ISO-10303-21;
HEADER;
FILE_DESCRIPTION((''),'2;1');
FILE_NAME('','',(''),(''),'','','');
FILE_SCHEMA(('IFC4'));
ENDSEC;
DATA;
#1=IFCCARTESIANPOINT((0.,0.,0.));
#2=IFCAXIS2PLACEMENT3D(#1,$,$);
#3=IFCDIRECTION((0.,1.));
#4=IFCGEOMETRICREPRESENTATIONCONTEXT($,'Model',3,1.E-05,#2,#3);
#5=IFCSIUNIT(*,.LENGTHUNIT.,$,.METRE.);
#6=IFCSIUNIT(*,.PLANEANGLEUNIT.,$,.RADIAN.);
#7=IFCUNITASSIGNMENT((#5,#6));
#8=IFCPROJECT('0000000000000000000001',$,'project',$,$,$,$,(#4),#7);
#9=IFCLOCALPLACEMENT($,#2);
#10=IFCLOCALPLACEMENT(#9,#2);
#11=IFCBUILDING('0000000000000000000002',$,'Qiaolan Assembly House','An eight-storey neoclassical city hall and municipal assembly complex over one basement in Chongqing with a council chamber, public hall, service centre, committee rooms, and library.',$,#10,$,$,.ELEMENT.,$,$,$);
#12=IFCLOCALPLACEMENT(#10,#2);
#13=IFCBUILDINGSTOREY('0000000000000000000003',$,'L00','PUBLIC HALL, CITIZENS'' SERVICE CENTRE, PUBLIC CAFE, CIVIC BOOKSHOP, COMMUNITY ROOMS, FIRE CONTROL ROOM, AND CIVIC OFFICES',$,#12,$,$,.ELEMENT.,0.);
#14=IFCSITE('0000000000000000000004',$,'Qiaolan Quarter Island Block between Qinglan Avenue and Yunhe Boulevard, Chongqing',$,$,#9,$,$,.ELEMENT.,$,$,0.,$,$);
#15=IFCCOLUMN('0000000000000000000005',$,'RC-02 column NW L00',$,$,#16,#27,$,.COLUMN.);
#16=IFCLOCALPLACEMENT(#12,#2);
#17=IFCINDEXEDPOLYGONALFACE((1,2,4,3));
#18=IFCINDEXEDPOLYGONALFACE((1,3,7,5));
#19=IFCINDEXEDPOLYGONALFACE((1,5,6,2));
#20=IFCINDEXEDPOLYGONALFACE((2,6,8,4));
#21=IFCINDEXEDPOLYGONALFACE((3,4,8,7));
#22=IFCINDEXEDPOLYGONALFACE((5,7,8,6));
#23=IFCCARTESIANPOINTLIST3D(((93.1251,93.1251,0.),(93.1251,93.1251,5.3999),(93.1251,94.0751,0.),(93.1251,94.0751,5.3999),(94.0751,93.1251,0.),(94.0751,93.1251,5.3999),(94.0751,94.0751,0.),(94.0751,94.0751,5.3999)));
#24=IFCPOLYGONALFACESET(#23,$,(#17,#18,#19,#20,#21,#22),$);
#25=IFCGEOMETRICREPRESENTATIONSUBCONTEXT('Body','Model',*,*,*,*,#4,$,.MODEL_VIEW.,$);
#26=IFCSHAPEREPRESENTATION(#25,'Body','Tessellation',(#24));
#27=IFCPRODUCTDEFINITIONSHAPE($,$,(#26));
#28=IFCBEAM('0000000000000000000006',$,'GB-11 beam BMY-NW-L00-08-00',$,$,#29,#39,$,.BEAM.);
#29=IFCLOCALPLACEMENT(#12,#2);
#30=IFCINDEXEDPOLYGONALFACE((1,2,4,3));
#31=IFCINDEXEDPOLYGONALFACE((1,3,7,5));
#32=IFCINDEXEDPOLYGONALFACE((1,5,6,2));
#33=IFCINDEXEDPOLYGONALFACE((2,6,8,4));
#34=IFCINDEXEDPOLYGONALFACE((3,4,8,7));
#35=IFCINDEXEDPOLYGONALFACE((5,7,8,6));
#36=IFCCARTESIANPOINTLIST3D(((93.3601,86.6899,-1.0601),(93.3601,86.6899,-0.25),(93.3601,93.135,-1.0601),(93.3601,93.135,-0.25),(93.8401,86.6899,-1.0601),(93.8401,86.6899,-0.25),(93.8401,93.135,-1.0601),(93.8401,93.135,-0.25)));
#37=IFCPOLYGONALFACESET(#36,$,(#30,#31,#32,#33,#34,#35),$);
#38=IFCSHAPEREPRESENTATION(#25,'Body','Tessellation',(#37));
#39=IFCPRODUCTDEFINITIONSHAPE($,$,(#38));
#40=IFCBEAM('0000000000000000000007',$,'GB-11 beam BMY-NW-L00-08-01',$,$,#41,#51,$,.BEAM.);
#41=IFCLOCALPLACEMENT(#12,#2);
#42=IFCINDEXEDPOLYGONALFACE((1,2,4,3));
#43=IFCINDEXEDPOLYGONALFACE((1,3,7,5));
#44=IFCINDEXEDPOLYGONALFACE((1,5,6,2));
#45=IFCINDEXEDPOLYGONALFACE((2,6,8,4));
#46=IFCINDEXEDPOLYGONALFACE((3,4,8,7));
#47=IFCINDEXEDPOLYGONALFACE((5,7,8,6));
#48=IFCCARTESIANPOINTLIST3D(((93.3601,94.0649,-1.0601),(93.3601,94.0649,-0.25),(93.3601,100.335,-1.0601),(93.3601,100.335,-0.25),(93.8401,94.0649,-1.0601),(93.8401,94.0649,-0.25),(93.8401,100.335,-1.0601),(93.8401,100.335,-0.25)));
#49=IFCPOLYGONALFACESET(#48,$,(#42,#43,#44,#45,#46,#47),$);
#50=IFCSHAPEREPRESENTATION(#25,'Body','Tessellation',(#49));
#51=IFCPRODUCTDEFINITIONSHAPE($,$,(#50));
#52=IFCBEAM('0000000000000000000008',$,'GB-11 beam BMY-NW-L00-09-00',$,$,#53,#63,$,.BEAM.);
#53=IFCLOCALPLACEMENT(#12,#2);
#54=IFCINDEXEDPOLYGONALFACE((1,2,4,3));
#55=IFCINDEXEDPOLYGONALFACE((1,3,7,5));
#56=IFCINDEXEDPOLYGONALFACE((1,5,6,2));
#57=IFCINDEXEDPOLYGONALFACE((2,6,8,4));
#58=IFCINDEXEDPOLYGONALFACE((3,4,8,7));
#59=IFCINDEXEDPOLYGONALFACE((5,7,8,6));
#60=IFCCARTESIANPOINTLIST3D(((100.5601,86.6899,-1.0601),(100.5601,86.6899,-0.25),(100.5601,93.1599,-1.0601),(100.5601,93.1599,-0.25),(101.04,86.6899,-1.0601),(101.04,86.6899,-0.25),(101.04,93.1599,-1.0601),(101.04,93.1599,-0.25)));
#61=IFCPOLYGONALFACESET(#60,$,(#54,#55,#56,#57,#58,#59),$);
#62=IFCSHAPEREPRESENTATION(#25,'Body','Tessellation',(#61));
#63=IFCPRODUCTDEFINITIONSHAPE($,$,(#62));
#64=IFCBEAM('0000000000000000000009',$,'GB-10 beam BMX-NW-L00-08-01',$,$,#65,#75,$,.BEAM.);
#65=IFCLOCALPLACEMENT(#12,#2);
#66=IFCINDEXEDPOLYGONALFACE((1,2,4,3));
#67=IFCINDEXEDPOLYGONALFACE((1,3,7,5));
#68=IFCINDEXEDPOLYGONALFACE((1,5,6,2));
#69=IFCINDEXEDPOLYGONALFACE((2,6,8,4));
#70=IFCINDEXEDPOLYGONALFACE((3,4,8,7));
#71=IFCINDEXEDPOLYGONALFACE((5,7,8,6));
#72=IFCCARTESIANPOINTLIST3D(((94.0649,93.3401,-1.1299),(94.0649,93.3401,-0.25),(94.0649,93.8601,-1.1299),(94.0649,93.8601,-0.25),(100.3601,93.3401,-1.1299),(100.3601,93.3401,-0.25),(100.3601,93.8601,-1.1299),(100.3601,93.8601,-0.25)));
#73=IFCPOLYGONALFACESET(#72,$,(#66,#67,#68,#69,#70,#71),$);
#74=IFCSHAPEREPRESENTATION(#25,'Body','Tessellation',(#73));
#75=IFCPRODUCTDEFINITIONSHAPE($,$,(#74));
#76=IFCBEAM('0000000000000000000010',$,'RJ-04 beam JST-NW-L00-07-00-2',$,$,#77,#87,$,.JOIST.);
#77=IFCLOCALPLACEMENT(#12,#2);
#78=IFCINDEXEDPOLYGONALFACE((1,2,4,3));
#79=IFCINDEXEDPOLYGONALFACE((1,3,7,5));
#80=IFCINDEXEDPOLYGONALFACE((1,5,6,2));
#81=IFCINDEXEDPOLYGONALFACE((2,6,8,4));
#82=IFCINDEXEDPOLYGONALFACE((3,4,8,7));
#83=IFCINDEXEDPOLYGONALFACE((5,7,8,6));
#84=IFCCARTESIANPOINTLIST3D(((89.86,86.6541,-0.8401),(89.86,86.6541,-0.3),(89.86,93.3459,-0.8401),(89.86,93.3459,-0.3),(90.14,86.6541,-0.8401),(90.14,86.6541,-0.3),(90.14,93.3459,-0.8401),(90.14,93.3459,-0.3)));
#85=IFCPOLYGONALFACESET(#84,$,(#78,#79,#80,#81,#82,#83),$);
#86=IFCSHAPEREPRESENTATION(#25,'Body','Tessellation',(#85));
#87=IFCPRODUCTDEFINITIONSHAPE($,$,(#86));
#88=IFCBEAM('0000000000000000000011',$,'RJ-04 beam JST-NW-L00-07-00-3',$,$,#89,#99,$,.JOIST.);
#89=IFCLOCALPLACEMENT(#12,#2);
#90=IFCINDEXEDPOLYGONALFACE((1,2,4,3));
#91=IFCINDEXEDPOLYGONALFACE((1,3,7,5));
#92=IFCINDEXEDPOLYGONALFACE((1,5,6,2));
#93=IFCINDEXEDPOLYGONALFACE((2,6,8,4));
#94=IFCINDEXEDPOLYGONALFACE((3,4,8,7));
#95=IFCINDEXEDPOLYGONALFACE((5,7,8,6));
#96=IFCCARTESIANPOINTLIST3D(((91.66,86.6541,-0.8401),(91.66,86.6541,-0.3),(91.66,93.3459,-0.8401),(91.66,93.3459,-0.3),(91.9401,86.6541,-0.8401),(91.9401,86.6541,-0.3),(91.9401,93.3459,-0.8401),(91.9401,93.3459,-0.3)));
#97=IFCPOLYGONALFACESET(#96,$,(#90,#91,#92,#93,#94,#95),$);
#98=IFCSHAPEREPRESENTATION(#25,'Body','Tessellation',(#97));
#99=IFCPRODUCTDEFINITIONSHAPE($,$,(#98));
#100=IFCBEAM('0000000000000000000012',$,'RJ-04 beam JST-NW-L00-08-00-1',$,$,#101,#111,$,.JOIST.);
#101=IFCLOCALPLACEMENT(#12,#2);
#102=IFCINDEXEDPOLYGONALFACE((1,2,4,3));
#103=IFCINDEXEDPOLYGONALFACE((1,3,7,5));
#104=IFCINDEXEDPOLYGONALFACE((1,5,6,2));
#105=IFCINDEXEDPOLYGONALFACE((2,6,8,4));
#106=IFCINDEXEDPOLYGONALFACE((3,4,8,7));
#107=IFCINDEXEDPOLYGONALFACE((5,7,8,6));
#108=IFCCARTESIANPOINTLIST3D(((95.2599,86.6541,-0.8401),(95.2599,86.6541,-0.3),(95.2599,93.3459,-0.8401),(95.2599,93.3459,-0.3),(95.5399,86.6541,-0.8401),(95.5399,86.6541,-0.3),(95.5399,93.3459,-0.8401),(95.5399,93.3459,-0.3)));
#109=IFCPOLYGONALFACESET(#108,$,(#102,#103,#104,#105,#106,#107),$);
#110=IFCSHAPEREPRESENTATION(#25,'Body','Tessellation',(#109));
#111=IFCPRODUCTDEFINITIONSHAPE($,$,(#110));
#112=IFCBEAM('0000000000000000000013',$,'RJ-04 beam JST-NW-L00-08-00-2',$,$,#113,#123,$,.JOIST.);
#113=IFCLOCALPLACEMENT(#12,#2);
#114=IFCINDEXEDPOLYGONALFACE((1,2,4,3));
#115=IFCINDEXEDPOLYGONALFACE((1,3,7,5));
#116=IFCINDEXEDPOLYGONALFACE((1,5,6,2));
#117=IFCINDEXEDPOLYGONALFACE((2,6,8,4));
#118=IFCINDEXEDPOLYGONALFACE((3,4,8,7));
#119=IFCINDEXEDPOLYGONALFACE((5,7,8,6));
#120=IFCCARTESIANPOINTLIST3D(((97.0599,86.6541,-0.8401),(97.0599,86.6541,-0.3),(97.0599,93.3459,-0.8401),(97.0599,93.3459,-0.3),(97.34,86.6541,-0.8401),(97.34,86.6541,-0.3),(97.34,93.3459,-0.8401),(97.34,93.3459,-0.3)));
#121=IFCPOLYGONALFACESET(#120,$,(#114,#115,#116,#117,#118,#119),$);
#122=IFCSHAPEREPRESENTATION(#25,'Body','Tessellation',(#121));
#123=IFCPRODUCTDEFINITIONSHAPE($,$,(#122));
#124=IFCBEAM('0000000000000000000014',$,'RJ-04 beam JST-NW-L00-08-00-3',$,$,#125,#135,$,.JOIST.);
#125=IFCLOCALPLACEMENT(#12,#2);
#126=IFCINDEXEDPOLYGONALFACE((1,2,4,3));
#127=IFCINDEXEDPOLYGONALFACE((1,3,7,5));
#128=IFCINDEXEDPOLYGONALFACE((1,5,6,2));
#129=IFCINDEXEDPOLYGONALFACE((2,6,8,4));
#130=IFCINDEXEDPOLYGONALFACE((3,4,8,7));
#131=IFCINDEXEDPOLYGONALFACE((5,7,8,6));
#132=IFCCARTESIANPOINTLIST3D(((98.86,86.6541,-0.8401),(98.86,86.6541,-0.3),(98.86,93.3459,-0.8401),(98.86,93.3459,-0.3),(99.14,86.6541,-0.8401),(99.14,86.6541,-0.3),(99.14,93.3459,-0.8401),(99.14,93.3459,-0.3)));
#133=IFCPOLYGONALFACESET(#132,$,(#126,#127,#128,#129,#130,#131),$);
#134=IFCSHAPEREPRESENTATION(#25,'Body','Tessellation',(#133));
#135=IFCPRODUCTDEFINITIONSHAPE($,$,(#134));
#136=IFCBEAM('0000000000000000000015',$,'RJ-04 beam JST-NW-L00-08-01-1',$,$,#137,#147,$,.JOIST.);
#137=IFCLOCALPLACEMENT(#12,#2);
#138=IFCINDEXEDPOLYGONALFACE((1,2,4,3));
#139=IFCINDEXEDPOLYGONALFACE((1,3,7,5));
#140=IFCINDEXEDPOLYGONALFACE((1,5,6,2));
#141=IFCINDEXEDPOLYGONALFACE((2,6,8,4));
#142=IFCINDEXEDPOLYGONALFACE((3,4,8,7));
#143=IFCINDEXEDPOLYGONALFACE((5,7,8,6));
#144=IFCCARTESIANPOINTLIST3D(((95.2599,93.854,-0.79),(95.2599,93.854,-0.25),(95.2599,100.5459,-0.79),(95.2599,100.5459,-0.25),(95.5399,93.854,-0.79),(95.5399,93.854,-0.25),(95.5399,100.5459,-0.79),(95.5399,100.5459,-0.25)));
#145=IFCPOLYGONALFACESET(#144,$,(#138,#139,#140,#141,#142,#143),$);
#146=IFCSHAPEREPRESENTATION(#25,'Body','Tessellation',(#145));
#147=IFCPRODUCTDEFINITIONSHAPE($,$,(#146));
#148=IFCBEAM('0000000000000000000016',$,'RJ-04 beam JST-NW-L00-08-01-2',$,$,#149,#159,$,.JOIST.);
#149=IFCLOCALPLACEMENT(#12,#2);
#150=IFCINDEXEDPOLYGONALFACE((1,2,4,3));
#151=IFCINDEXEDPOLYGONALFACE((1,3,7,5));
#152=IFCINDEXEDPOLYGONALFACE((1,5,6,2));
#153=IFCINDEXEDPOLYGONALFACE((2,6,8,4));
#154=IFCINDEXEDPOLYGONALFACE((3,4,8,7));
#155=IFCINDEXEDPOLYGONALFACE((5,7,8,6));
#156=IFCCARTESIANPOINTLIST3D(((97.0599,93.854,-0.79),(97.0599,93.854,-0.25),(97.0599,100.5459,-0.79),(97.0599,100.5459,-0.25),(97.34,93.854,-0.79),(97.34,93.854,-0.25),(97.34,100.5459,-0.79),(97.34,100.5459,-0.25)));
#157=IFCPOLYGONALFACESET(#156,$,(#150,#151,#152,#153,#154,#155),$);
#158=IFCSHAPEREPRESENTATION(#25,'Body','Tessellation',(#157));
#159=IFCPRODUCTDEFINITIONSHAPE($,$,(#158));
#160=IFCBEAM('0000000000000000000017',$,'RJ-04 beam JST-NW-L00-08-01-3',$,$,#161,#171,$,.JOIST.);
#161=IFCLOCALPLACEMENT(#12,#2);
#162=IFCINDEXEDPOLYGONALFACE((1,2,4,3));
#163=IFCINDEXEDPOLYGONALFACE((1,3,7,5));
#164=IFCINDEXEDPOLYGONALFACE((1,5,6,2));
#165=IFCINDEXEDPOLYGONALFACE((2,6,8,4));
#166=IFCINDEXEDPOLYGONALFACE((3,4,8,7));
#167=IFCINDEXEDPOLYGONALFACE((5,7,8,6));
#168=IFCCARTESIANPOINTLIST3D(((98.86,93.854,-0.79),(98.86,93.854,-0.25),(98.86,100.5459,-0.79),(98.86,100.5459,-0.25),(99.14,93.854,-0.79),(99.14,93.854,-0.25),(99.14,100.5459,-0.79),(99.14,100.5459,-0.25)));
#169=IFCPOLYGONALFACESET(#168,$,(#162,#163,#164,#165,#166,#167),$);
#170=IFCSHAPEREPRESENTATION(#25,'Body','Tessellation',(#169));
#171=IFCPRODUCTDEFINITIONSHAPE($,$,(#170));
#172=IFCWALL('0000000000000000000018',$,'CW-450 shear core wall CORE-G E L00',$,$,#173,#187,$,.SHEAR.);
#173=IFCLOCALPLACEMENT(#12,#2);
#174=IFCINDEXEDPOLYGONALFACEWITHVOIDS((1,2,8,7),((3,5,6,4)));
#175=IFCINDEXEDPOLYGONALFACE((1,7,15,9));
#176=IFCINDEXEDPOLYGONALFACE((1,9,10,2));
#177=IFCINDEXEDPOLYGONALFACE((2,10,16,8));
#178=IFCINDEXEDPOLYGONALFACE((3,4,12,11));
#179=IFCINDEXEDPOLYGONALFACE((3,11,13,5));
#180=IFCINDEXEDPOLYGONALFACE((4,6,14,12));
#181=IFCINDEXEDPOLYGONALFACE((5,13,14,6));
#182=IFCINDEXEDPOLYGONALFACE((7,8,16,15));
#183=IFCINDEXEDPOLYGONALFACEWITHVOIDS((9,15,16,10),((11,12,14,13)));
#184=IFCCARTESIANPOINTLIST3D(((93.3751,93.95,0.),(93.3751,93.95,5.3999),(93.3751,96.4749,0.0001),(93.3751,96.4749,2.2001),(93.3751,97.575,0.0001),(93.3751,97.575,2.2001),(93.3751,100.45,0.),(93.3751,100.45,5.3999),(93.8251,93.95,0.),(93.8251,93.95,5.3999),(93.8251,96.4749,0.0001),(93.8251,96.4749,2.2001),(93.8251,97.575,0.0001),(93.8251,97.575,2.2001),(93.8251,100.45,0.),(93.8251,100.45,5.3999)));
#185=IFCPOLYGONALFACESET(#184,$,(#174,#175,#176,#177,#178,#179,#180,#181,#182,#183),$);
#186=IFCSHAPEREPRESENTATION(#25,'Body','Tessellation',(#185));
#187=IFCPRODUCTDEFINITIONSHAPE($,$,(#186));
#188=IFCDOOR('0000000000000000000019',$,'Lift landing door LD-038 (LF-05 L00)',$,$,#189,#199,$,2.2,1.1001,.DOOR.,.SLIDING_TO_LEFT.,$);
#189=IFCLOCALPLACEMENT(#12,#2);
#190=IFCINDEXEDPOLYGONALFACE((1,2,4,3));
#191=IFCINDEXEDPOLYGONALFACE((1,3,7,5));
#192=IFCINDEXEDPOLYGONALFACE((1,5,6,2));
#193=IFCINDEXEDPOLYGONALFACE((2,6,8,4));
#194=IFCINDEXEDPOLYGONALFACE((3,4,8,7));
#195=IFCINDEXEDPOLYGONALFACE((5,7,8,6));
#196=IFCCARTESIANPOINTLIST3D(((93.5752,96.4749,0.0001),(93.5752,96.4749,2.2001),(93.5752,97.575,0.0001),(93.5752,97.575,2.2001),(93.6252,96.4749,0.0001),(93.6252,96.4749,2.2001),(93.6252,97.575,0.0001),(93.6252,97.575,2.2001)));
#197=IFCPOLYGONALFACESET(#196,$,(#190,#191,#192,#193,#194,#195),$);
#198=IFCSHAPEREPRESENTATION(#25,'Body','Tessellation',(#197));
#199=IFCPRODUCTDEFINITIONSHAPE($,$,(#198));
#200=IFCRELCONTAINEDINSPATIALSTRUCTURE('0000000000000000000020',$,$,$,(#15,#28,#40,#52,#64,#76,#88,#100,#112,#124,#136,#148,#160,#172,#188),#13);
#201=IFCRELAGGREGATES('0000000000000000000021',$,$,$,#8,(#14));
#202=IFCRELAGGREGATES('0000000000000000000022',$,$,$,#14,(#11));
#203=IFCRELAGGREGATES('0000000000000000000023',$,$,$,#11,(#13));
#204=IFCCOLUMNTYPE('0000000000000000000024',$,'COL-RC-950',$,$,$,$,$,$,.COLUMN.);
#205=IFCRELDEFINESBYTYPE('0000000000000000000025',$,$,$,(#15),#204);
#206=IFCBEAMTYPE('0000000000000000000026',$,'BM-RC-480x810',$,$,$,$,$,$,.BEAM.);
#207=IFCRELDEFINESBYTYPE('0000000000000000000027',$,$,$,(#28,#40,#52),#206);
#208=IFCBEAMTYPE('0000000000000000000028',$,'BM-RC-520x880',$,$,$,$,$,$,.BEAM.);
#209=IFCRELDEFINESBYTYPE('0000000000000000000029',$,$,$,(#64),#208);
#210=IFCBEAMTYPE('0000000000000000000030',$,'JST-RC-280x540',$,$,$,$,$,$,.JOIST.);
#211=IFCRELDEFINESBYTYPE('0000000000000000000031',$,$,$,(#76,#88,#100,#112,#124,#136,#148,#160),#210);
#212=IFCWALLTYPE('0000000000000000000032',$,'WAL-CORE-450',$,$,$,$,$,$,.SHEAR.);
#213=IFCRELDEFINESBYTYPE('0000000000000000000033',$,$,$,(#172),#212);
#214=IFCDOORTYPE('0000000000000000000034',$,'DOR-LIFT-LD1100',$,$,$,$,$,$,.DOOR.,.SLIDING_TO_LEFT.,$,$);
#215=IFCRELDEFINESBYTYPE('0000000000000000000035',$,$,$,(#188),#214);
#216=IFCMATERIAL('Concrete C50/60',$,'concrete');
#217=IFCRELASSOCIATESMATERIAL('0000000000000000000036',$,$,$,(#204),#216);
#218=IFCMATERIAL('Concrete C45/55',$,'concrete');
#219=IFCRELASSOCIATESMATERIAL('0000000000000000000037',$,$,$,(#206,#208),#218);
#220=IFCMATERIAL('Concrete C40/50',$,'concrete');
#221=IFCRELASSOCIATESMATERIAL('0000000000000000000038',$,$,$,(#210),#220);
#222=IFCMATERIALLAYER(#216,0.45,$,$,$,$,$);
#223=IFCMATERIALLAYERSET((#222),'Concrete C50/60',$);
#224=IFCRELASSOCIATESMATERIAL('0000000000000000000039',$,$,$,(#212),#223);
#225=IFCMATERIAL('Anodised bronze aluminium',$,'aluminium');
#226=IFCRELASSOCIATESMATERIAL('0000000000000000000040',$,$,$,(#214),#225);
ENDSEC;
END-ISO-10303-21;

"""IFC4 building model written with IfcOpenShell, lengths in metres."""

from ifc_helpers import new_model, si_unit, direction, frame, frame_2d, origin, origin_2d, place, context, subcontext, project, spatial, rectangle, extrude, material, layer, layer_set, material_profile, profile_set, type_object, element, fill, save


model = new_model("IFC4")

# Units and contexts
model_context = context("Model", 3, precision=1e-05, world=origin(), true_north=direction((0.0, 1.0)))
body_context = subcontext(model_context, "Body", "Model", "MODEL_VIEW")
ifc_project = project(units=[si_unit("LENGTHUNIT", "METRE"), si_unit("PLANEANGLEUNIT", "RADIAN")], contexts=[model_context])

# Site, building, storey
site_placement = place(None, origin())
site = spatial("IfcSite", under=ifc_project, at=site_placement, Name="Qiaolan Quarter Island Block between Qinglan Avenue and Yunhe Boulevard, Chongqing", CompositionType="ELEMENT", RefElevation=0.0)
building_placement = place(site_placement, origin())
building = spatial("IfcBuilding", under=site, at=building_placement, Name="Qiaolan Assembly House", Description="An eight-storey neoclassical city hall and municipal assembly complex over one basement in Chongqing with a council chamber, public hall, service centre, committee rooms, and library.", CompositionType="ELEMENT")
storey_placement = place(building_placement, origin())
storey = spatial("IfcBuildingStorey", under=building, at=storey_placement, Name="L00", Description="PUBLIC HALL, CITIZENS' SERVICE CENTRE, PUBLIC CAFE, CIVIC BOOKSHOP, COMMUNITY ROOMS, FIRE CONTROL ROOM, AND CIVIC OFFICES", CompositionType="ELEMENT", Elevation=0.0)

# Column
ifc_material_1 = material(Name="Concrete C50/60", Category="concrete")
ifc_material_profile_1 = material_profile(ifc_material_1, rectangle(XDim=0.95, YDim=0.95, at=origin_2d()), Name="RC 950x950")
ifc_profile_set_1 = profile_set([ifc_material_profile_1], Name="Concrete C50/60")
column_type = type_object("IfcColumnType", Name="COL-RC-950", PredefinedType="COLUMN", material=ifc_profile_set_1)
column_placement = place(storey_placement, frame((93.6001, 93.6001, 0.0), z_axis=(0.0, 0.0, 1.0), x_axis=(1.0, 0.0, 0.0)))
element("IfcColumn", 1, at=column_placement, inside=storey, type_object=column_type, Name="RC-02 column NW L00", PredefinedType="COLUMN", context=body_context, shape_type="SweptSolid", body=[
    extrude(rectangle(XDim=0.95, YDim=0.95, at=origin_2d()), origin(), (0.0, 0.0, 1.0), 5.3999),
])

# Beams
ifc_material_2 = material(Name="Concrete C45/55", Category="concrete")
ifc_material_profile_2 = material_profile(ifc_material_2, rectangle(XDim=0.48, YDim=0.8101, at=origin_2d()), Name="RCB 480x810")
ifc_profile_set_2 = profile_set([ifc_material_profile_2], Name="Concrete C45/55")
beam_type_1 = type_object("IfcBeamType", Name="BM-RC-480x810", PredefinedType="BEAM", material=ifc_profile_set_2)
beam_1_placement = place(storey_placement, frame((93.6001, 86.6899, -0.655), z_axis=(0.0, 1.0, 0.0), x_axis=(-1.0, 0.0, 0.0)))
element("IfcBeam", 2, at=beam_1_placement, inside=storey, type_object=beam_type_1, Name="GB-11 beam BMY-NW-L00-08-00", PredefinedType="BEAM", context=body_context, shape_type="SweptSolid", body=[
    extrude(rectangle(XDim=0.48, YDim=0.8101, at=origin_2d()), origin(), (0.0, 0.0, 1.0), 6.4451),
])
beam_2_placement = place(storey_placement, frame((93.6001, 94.0649, -0.655), z_axis=(0.0, 1.0, 0.0), x_axis=(-1.0, 0.0, 0.0)))
element("IfcBeam", 3, at=beam_2_placement, inside=storey, type_object=beam_type_1, Name="GB-11 beam BMY-NW-L00-08-01", PredefinedType="BEAM", context=body_context, shape_type="SweptSolid", body=[
    extrude(rectangle(XDim=0.48, YDim=0.8101, at=origin_2d()), origin(), (0.0, 0.0, 1.0), 6.27),
])
beam_3_placement = place(storey_placement, frame((100.8, 86.6899, -0.655), z_axis=(0.0, 1.0, 0.0), x_axis=(-1.0, 0.0, 0.0)))
element("IfcBeam", 4, at=beam_3_placement, inside=storey, type_object=beam_type_1, Name="GB-11 beam BMY-NW-L00-09-00", PredefinedType="BEAM", context=body_context, shape_type="SweptSolid", body=[
    extrude(rectangle(XDim=0.48, YDim=0.8101, at=origin_2d()), origin(), (0.0, 0.0, 1.0), 6.47),
])
ifc_material_profile_3 = material_profile(ifc_material_2, rectangle(XDim=0.52, YDim=0.8799, at=origin_2d()), Name="RCB 520x880")
ifc_profile_set_3 = profile_set([ifc_material_profile_3], Name="Concrete C45/55")
beam_type_2 = type_object("IfcBeamType", Name="BM-RC-520x880", PredefinedType="BEAM", material=ifc_profile_set_3)
beam_4_placement = place(storey_placement, frame((94.0649, 93.6001, -0.6899), z_axis=(1.0, 0.0, 0.0), x_axis=(0.0, 1.0, 0.0)))
element("IfcBeam", 5, at=beam_4_placement, inside=storey, type_object=beam_type_2, Name="GB-10 beam BMX-NW-L00-08-01", PredefinedType="BEAM", context=body_context, shape_type="SweptSolid", body=[
    extrude(rectangle(XDim=0.52, YDim=0.8799, at=origin_2d()), origin(), (0.0, 0.0, 1.0), 6.2952),
])
ifc_material_3 = material(Name="Concrete C40/50", Category="concrete")
ifc_material_profile_4 = material_profile(ifc_material_3, rectangle(XDim=0.28, YDim=0.54, at=origin_2d()), Name="RCB 280x540")
ifc_profile_set_4 = profile_set([ifc_material_profile_4], Name="Concrete C40/50")
beam_type_3 = type_object("IfcBeamType", Name="JST-RC-280x540", PredefinedType="JOIST", material=ifc_profile_set_4)
for number, where, z_axis, x_axis, name in (
    (6, (90.0, 86.6541, -0.5701), (0.0, 1.0, 0.0), (-1.0, 0.0, 0.0), "RJ-04 beam JST-NW-L00-07-00-2"),
    (7, (91.8, 86.6541, -0.5701), (0.0, 1.0, 0.0), (-1.0, 0.0, 0.0), "RJ-04 beam JST-NW-L00-07-00-3"),
    (8, (95.3999, 86.6541, -0.5701), (0.0, 1.0, 0.0), (-1.0, 0.0, 0.0), "RJ-04 beam JST-NW-L00-08-00-1"),
    (9, (97.2, 86.6541, -0.5701), (0.0, 1.0, 0.0), (-1.0, 0.0, 0.0), "RJ-04 beam JST-NW-L00-08-00-2"),
    (10, (99.0, 86.6541, -0.5701), (0.0, 1.0, 0.0), (-1.0, 0.0, 0.0), "RJ-04 beam JST-NW-L00-08-00-3"),
    (11, (95.3999, 93.854, -0.52), (0.0, 1.0, 0.0), (-1.0, 0.0, 0.0), "RJ-04 beam JST-NW-L00-08-01-1"),
    (12, (97.2, 93.854, -0.52), (0.0, 1.0, 0.0), (-1.0, 0.0, 0.0), "RJ-04 beam JST-NW-L00-08-01-2"),
    (13, (99.0, 93.854, -0.52), (0.0, 1.0, 0.0), (-1.0, 0.0, 0.0), "RJ-04 beam JST-NW-L00-08-01-3"),
):
    element("IfcBeam", number, at=place(storey_placement, frame(where, z_axis=z_axis, x_axis=x_axis)), inside=storey, type_object=beam_type_3, Name=name, PredefinedType="JOIST", context=body_context, shape_type="SweptSolid", body=[
        extrude(rectangle(XDim=0.28, YDim=0.54, at=origin_2d()), origin(), (0.0, 0.0, 1.0), 6.6919),
    ])

# Wall, opening, door
ifc_layer_1 = layer(ifc_material_1, 0.45)
ifc_layer_set_1 = layer_set([ifc_layer_1], Name="Concrete C50/60")
wall_type_1 = type_object("IfcWallType", Name="WAL-CORE-450", PredefinedType="SHEAR", material=ifc_layer_set_1)
wall_1_placement = place(storey_placement, frame((93.6001, 93.95, 0.0), z_axis=(0.0, 0.0, 1.0), x_axis=(0.0, 1.0, 0.0)))
wall_1 = element("IfcWall", 14, at=wall_1_placement, inside=storey, type_object=wall_type_1, Name="CW-450 shear core wall CORE-G E L00", PredefinedType="SHEAR", context=body_context, shape_type="SweptSolid", body=[
    extrude(rectangle(XDim=6.5, YDim=0.45, at=frame_2d((3.25, 0.0))), origin(), (0.0, 0.0, 1.0), 5.3999),
])
opening_1_placement = place(wall_1_placement, frame((2.5249, 0.0, 0.0)))
opening_1 = element("IfcOpeningElement", 15, at=opening_1_placement, cuts=wall_1, PredefinedType="OPENING", context=body_context, shape_type="SweptSolid", body=[
    extrude(rectangle(XDim=1.1001, YDim=2.2, at=frame_2d((0.55, 1.1001))), frame((0.0, 0.2349, 0.0), z_axis=(0.0, -1.0, 0.0), x_axis=(1.0, 0.0, 0.0)), (0.0, 0.0, 1.0), 0.47),
])
ifc_material_4 = material(Name="Anodised bronze aluminium", Category="aluminium")
door_type = type_object("IfcDoorType", Name="DOR-LIFT-LD1100", OperationType="SLIDING_TO_LEFT", PredefinedType="DOOR", material=ifc_material_4)
door_placement = place(opening_1_placement, origin())
door = element("IfcDoor", 16, at=door_placement, inside=storey, type_object=door_type, Name="Lift landing door LD-038 (LF-05 L00)", OperationType="SLIDING_TO_LEFT", OverallHeight=2.2, OverallWidth=1.1001, PredefinedType="DOOR", context=body_context, shape_type="SweptSolid", body=[
    extrude(rectangle(XDim=1.1001, YDim=2.2, at=frame_2d((0.55, 1.1001))), frame((0.0, 0.0249, 0.0), z_axis=(0.0, -1.0, 0.0), x_axis=(1.0, 0.0, 0.0)), (0.0, 0.0, 1.0), 0.05),
])
fill(opening_1, door)

save(model, "model.ifc")
